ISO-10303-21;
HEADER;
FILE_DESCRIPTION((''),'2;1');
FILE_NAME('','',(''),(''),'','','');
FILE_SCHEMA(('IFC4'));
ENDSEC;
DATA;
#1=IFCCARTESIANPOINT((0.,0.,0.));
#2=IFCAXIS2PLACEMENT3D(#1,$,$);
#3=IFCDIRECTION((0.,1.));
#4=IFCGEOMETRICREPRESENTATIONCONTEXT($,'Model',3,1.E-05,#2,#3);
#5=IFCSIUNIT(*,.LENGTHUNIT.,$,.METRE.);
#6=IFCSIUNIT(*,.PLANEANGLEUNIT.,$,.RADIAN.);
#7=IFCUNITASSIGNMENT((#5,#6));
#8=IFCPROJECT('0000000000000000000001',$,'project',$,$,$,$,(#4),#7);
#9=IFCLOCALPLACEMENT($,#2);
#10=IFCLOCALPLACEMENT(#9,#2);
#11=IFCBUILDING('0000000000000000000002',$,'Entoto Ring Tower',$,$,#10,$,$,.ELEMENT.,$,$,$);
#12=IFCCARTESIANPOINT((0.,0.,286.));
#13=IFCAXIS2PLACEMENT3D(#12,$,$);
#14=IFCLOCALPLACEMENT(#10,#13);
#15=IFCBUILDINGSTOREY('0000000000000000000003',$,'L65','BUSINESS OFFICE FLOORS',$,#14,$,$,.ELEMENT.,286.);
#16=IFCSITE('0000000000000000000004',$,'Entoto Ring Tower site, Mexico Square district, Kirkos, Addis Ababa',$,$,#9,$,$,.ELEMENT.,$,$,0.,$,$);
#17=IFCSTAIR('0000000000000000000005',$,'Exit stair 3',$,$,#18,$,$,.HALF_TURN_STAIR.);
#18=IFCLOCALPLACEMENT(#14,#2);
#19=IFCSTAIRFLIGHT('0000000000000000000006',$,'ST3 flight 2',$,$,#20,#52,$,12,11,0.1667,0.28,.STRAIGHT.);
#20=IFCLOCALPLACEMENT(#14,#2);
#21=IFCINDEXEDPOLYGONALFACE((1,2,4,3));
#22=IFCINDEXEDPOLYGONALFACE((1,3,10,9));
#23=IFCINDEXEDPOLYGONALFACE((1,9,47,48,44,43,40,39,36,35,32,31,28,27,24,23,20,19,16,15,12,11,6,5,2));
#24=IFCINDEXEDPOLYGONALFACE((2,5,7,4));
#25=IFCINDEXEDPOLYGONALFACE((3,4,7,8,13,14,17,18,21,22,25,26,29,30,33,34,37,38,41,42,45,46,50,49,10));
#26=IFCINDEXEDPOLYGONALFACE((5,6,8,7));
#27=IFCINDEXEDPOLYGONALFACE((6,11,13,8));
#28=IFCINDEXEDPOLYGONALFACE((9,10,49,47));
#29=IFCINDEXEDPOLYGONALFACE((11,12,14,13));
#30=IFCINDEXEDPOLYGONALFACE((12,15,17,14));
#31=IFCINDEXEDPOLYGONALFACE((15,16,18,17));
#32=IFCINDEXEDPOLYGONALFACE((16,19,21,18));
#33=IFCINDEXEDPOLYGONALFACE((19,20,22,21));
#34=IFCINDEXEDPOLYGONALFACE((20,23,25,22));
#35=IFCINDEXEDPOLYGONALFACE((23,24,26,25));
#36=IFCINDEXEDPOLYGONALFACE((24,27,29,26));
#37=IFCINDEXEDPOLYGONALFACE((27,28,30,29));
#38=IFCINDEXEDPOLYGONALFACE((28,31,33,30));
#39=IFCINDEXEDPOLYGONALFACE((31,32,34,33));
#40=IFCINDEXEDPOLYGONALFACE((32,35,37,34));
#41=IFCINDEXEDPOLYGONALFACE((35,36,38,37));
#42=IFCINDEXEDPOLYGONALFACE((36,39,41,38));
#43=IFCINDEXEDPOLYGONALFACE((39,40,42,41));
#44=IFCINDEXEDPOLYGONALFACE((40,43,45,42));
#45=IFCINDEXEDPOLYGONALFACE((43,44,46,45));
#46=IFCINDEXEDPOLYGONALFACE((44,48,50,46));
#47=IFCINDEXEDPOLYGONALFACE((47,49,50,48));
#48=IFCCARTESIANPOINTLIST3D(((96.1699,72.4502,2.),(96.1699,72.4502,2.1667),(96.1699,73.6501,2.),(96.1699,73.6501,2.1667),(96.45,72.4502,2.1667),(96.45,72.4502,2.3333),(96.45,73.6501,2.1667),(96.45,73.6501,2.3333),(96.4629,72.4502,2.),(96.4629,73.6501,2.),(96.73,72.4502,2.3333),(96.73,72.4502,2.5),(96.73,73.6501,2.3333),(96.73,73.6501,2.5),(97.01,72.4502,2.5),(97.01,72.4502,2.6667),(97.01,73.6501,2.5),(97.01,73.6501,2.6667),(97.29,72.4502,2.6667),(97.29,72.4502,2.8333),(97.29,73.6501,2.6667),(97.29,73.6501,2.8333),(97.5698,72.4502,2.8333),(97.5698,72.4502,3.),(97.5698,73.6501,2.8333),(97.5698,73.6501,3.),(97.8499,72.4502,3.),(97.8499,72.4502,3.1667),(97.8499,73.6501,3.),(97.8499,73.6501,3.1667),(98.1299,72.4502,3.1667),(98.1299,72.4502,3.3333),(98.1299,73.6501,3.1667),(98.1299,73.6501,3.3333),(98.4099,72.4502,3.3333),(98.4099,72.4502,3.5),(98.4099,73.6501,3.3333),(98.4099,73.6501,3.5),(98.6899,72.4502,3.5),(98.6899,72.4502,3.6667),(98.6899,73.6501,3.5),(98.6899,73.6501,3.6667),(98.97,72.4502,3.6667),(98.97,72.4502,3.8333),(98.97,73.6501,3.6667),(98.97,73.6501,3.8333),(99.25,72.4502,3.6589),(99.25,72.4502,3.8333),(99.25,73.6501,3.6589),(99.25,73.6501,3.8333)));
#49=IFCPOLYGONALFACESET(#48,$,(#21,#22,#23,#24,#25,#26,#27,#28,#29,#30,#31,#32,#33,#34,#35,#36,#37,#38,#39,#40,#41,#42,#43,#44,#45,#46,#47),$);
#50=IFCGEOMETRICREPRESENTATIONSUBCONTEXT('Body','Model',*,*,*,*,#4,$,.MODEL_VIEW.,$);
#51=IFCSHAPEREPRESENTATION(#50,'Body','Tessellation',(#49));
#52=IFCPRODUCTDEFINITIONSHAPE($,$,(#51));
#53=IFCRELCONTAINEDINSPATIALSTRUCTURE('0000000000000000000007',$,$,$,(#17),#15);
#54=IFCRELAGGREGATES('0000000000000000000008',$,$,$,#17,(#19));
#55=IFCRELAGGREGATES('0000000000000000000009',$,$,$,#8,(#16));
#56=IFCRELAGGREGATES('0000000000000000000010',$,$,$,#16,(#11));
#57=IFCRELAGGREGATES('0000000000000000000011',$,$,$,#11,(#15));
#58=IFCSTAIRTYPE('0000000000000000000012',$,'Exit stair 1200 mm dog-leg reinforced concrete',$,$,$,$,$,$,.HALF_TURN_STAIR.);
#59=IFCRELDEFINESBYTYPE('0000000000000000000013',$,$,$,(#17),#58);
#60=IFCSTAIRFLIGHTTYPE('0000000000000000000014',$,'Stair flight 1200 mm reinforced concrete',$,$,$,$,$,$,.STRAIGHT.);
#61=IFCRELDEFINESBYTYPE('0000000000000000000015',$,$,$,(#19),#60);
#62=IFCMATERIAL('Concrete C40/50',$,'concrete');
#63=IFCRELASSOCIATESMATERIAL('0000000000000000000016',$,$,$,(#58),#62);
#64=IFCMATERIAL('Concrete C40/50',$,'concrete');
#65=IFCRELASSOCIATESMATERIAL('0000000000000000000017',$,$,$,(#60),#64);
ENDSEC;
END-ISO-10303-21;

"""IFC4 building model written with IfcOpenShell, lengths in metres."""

from ifc_helpers import new_model, si_unit, direction, frame, origin, place, context, subcontext, project, spatial, polyline, outline, extrude, material, type_object, element, aggregate, save


model = new_model("IFC4")

# Units and contexts
model_context = context("Model", 3, precision=1e-05, world=origin(), true_north=direction((0.0, 1.0)))
body_context = subcontext(model_context, "Body", "Model", "MODEL_VIEW")
ifc_project = project(units=[si_unit("LENGTHUNIT", "METRE"), si_unit("PLANEANGLEUNIT", "RADIAN")], contexts=[model_context])

# Site, building, storey
site_placement = place(None, origin())
site = spatial("IfcSite", under=ifc_project, at=site_placement, Name="Entoto Ring Tower site, Mexico Square district, Kirkos, Addis Ababa", CompositionType="ELEMENT", RefElevation=0.0)
building_placement = place(site_placement, origin())
building = spatial("IfcBuilding", under=site, at=building_placement, Name="Entoto Ring Tower", CompositionType="ELEMENT")
storey_placement = place(building_placement, frame((0.0, 0.0, 286.0)))
storey = spatial("IfcBuildingStorey", under=building, at=storey_placement, Name="L65", Description="BUSINESS OFFICE FLOORS", CompositionType="ELEMENT", Elevation=286.0)

# Stair, stair flight
ifc_material_1 = material(Name="Concrete C40/50", Category="concrete")
stair_type = type_object("IfcStairType", Name="Exit stair 1200 mm dog-leg reinforced concrete", PredefinedType="HALF_TURN_STAIR", material=ifc_material_1)
stair_placement = place(storey_placement, origin())
stair = element("IfcStair", 1, at=stair_placement, inside=storey, type_object=stair_type, Name="Exit stair 3", PredefinedType="HALF_TURN_STAIR")
ifc_material_2 = material(Name="Concrete C40/50", Category="concrete")
stair_flight_type = type_object("IfcStairFlightType", Name="Stair flight 1200 mm reinforced concrete", PredefinedType="STRAIGHT", material=ifc_material_2)
stair_flight_placement = place(storey_placement, frame((96.1699, 73.05, 2.0), z_axis=(0.0, 0.0, 1.0), x_axis=(1.0, 0.0, 0.0)))
stair_flight = element("IfcStairFlight", 2, at=stair_flight_placement, type_object=stair_flight_type, Name="ST3 flight 2", NumberOfRisers=12, NumberOfTreads=11, PredefinedType="STRAIGHT", RiserHeight=0.1667, TreadLength=0.28, context=body_context, shape_type="SweptSolid", body=[
    extrude(outline(polyline([(0.0, 0.0), (0.0, 0.1667), (0.28, 0.1667), (0.28, 0.3333), (0.5601, 0.3333), (0.5601, 0.5), (0.8401, 0.5), (0.8401, 0.6667), (1.1201, 0.6667), (1.1201, 0.8333), (1.3999, 0.8333), (1.3999, 1.0), (1.6799, 1.0), (1.6799, 1.1667), (1.96, 1.1667), (1.96, 1.3333), (2.24, 1.3333), (2.24, 1.5), (2.52, 1.5), (2.52, 1.6667), (2.8, 1.6667), (2.8, 1.8333), (3.0801, 1.8333), (3.0801, 2.0), (3.0801, 1.6589), (0.293, 0.0), (0.0, 0.0)])), frame((0.0, 0.6001, 0.0), z_axis=(0.0, -1.0, 0.0), x_axis=(1.0, 0.0, 0.0)), (0.0, 0.0, 1.0), 1.2),
])
aggregate(stair, [stair_flight])

save(model, "model.ifc")
